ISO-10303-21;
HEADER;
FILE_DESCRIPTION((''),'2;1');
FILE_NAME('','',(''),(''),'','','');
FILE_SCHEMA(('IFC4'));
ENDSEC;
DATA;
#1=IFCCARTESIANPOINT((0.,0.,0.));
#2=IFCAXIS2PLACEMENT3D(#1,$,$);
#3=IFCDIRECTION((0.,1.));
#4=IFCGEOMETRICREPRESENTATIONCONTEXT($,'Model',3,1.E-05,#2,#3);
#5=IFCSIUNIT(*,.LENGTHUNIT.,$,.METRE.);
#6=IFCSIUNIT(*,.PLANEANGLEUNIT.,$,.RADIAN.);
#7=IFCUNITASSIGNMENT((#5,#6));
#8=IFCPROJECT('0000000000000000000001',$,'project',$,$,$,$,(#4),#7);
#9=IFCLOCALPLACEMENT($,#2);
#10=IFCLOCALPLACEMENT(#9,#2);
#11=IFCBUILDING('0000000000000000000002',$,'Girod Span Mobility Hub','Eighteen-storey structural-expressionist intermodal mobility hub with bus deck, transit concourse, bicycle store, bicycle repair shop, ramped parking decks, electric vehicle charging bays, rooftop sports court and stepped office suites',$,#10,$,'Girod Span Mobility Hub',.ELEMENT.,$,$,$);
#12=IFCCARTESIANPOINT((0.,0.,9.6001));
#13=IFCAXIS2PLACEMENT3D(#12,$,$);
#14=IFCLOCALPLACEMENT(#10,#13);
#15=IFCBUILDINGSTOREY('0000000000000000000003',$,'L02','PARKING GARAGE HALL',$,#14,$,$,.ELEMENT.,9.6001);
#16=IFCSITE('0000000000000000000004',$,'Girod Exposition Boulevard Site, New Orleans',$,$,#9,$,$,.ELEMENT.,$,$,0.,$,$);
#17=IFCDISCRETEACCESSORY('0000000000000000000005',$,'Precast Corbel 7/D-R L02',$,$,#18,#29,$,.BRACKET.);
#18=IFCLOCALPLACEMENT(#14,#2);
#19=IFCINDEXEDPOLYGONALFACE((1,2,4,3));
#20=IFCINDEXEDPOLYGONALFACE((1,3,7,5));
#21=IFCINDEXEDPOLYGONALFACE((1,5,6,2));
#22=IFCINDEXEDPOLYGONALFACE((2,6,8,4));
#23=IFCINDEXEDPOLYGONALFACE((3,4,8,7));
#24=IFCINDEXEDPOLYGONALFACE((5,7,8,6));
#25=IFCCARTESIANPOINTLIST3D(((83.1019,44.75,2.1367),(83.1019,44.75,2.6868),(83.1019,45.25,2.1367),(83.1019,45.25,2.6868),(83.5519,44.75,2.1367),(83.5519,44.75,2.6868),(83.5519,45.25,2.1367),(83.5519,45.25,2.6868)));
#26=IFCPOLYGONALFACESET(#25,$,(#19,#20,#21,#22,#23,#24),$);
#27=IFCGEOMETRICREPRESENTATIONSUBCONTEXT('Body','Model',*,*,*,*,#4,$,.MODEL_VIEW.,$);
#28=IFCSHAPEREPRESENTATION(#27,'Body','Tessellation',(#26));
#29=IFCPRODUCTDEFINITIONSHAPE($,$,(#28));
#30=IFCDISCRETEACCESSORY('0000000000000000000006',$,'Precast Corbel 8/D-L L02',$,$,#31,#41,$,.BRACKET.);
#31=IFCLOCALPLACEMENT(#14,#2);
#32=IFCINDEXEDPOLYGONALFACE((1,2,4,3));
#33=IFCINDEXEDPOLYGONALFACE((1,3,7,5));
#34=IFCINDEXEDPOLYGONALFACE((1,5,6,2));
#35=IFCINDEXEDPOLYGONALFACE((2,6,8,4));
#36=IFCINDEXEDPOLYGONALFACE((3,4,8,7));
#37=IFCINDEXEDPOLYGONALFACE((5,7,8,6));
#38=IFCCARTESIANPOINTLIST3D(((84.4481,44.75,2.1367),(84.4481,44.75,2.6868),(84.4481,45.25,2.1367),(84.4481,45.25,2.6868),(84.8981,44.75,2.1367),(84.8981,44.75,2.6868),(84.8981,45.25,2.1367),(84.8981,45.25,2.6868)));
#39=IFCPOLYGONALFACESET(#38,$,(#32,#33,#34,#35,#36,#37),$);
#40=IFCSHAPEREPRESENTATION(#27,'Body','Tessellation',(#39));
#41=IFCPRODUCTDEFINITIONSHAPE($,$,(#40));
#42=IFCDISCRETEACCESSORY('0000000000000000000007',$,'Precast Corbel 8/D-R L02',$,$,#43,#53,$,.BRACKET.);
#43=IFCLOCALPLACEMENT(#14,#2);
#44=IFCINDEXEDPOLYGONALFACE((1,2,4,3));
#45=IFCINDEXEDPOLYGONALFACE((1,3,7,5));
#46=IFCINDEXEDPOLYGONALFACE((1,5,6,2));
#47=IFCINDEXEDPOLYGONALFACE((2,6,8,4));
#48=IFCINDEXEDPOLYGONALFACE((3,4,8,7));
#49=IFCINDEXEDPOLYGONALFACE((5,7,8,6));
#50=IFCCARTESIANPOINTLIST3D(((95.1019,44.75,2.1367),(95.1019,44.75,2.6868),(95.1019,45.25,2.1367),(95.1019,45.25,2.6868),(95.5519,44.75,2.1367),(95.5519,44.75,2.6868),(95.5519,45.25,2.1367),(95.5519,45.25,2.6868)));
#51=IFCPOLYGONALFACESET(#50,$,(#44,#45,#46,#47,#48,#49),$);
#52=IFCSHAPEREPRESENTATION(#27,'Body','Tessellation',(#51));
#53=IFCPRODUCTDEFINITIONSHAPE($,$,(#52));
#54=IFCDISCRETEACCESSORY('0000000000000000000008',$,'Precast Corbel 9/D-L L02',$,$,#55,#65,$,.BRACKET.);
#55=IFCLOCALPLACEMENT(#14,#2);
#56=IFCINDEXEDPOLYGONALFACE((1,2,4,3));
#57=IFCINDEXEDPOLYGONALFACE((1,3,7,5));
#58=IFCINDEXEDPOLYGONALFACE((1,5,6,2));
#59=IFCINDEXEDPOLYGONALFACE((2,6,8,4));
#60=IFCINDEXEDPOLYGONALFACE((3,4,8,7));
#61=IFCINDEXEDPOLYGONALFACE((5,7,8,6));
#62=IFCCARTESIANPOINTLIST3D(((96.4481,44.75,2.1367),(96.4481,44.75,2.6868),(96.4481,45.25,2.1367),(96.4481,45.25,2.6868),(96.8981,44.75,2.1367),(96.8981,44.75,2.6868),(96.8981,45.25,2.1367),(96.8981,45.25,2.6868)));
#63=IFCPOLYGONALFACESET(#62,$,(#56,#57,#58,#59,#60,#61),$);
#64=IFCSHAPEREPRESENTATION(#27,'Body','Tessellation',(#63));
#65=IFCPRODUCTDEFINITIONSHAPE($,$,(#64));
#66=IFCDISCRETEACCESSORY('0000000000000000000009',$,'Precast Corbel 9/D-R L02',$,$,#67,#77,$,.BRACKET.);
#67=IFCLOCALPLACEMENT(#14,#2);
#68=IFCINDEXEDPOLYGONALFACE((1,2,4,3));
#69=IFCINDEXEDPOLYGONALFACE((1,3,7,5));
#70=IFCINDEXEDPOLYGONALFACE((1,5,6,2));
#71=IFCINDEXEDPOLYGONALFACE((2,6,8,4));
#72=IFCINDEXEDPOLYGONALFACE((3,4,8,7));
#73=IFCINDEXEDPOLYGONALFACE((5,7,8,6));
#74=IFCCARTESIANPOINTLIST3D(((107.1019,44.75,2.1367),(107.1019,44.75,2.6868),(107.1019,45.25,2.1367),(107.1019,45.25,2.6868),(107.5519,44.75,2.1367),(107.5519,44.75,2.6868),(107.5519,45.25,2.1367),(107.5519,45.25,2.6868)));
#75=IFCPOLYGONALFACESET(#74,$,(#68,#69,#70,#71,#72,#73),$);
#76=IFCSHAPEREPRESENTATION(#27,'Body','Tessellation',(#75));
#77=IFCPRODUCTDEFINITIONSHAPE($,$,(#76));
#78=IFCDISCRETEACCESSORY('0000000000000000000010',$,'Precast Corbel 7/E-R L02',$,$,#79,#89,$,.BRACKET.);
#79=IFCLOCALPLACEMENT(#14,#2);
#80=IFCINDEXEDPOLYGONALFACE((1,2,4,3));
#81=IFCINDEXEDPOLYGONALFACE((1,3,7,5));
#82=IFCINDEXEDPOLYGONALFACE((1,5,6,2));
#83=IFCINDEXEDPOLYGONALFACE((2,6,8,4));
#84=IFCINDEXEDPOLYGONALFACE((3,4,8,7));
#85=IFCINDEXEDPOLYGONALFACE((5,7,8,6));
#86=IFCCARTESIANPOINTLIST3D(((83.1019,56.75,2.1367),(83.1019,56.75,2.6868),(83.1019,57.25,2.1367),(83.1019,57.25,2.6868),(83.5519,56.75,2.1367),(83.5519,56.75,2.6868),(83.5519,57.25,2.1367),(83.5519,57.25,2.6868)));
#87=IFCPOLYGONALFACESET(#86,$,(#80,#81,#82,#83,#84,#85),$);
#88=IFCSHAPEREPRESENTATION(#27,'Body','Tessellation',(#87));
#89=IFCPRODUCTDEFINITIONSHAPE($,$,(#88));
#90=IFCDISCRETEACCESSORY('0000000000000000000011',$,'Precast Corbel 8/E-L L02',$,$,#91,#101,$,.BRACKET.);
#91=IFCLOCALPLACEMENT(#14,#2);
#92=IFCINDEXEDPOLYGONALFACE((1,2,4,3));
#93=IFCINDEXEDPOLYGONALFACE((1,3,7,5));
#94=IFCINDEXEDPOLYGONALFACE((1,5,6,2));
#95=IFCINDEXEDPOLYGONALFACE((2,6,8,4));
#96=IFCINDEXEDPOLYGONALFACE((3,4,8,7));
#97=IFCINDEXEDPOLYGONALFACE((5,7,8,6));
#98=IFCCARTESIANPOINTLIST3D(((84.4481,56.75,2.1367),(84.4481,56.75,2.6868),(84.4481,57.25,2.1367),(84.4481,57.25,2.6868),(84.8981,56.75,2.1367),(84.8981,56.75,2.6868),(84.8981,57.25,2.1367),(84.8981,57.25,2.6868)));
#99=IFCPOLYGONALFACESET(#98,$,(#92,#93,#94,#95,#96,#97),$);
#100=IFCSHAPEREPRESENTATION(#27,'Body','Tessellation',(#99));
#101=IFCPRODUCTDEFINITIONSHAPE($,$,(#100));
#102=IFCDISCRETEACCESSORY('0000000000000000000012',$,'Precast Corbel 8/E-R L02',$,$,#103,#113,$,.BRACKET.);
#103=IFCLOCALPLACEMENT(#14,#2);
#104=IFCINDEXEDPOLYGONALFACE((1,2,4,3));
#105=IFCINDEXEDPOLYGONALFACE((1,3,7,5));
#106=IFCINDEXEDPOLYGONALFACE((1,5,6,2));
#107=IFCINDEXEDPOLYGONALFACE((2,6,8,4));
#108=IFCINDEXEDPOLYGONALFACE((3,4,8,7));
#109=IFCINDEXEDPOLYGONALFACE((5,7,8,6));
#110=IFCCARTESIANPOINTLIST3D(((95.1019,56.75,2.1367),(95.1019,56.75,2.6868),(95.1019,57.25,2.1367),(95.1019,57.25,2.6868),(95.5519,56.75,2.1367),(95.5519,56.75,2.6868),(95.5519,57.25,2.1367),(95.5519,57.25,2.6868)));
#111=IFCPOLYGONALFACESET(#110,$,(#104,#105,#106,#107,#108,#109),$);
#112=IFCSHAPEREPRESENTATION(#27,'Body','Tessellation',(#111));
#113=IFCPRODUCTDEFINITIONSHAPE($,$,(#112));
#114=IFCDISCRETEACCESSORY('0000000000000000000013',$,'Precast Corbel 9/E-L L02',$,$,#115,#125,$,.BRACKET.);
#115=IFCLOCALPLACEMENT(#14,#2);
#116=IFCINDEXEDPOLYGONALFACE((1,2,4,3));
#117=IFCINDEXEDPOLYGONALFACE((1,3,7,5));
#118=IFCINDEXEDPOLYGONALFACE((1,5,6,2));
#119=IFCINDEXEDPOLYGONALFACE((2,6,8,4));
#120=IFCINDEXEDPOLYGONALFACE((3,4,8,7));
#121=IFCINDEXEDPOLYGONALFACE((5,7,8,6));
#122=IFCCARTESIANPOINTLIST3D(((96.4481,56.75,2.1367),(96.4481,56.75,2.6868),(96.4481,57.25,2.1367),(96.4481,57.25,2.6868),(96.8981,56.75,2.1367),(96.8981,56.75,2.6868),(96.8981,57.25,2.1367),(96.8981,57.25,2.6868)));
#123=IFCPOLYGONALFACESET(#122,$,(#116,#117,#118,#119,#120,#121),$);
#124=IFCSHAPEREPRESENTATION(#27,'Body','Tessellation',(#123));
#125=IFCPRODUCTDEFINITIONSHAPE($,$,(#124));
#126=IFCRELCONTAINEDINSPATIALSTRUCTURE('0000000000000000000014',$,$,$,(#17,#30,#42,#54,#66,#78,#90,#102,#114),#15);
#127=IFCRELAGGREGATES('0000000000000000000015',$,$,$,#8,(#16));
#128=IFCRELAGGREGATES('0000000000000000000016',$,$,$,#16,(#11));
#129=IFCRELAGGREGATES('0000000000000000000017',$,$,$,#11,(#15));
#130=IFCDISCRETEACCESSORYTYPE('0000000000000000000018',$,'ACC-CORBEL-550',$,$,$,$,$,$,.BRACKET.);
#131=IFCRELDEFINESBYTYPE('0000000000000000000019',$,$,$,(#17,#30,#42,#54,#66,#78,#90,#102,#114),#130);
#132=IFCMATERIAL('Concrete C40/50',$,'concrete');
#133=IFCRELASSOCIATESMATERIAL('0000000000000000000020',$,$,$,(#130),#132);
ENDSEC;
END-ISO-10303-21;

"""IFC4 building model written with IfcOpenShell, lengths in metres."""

from ifc_helpers import new_model, si_unit, direction, frame, origin, origin_2d, place, context, subcontext, project, spatial, rectangle, extrude, material, type_object, element, save


model = new_model("IFC4")

# Units and contexts
model_context = context("Model", 3, precision=1e-05, world=origin(), true_north=direction((0.0, 1.0)))
body_context = subcontext(model_context, "Body", "Model", "MODEL_VIEW")
ifc_project = project(units=[si_unit("LENGTHUNIT", "METRE"), si_unit("PLANEANGLEUNIT", "RADIAN")], contexts=[model_context])

# Site, building, storey
site_placement = place(None, origin())
site = spatial("IfcSite", under=ifc_project, at=site_placement, Name="Girod Exposition Boulevard Site, New Orleans", CompositionType="ELEMENT", RefElevation=0.0)
building_placement = place(site_placement, origin())
building = spatial("IfcBuilding", under=site, at=building_placement, Name="Girod Span Mobility Hub", Description="Eighteen-storey structural-expressionist intermodal mobility hub with bus deck, transit concourse, bicycle store, bicycle repair shop, ramped parking decks, electric vehicle charging bays, rooftop sports court and stepped office suites", LongName="Girod Span Mobility Hub", CompositionType="ELEMENT")
storey_placement = place(building_placement, frame((0.0, 0.0, 9.6001)))
storey = spatial("IfcBuildingStorey", under=building, at=storey_placement, Name="L02", Description="PARKING GARAGE HALL", CompositionType="ELEMENT", Elevation=9.6001)

# Discrete accessories
ifc_material_1 = material(Name="Concrete C40/50", Category="concrete")
discrete_accessory_type = type_object("IfcDiscreteAccessoryType", Name="ACC-CORBEL-550", PredefinedType="BRACKET", material=ifc_material_1)
for number, where, z_axis, x_axis, name in (
    (1, (83.3269, 45.0, 2.1367), (0.0, 0.0, 1.0), (1.0, 0.0, 0.0), "Precast Corbel 7/D-R L02"),
    (2, (84.6731, 45.0, 2.1367), (0.0, 0.0, 1.0), (1.0, 0.0, 0.0), "Precast Corbel 8/D-L L02"),
    (3, (95.3269, 45.0, 2.1367), (0.0, 0.0, 1.0), (1.0, 0.0, 0.0), "Precast Corbel 8/D-R L02"),
    (4, (96.6731, 45.0, 2.1367), (0.0, 0.0, 1.0), (1.0, 0.0, 0.0), "Precast Corbel 9/D-L L02"),
    (5, (107.3269, 45.0, 2.1367), (0.0, 0.0, 1.0), (1.0, 0.0, 0.0), "Precast Corbel 9/D-R L02"),
    (6, (83.3269, 57.0, 2.1367), (0.0, 0.0, 1.0), (1.0, 0.0, 0.0), "Precast Corbel 7/E-R L02"),
    (7, (84.6731, 57.0, 2.1367), (0.0, 0.0, 1.0), (1.0, 0.0, 0.0), "Precast Corbel 8/E-L L02"),
    (8, (95.3269, 57.0, 2.1367), (0.0, 0.0, 1.0), (1.0, 0.0, 0.0), "Precast Corbel 8/E-R L02"),
    (9, (96.6731, 57.0, 2.1367), (0.0, 0.0, 1.0), (1.0, 0.0, 0.0), "Precast Corbel 9/E-L L02"),
):
    element("IfcDiscreteAccessory", number, at=place(storey_placement, frame(where, z_axis=z_axis, x_axis=x_axis)), inside=storey, type_object=discrete_accessory_type, Name=name, PredefinedType="BRACKET", context=body_context, shape_type="SweptSolid", body=[
        extrude(rectangle(XDim=0.45, YDim=0.5, at=origin_2d()), origin(), (0.0, 0.0, 1.0), 0.55),
    ])

save(model, "model.ifc")
